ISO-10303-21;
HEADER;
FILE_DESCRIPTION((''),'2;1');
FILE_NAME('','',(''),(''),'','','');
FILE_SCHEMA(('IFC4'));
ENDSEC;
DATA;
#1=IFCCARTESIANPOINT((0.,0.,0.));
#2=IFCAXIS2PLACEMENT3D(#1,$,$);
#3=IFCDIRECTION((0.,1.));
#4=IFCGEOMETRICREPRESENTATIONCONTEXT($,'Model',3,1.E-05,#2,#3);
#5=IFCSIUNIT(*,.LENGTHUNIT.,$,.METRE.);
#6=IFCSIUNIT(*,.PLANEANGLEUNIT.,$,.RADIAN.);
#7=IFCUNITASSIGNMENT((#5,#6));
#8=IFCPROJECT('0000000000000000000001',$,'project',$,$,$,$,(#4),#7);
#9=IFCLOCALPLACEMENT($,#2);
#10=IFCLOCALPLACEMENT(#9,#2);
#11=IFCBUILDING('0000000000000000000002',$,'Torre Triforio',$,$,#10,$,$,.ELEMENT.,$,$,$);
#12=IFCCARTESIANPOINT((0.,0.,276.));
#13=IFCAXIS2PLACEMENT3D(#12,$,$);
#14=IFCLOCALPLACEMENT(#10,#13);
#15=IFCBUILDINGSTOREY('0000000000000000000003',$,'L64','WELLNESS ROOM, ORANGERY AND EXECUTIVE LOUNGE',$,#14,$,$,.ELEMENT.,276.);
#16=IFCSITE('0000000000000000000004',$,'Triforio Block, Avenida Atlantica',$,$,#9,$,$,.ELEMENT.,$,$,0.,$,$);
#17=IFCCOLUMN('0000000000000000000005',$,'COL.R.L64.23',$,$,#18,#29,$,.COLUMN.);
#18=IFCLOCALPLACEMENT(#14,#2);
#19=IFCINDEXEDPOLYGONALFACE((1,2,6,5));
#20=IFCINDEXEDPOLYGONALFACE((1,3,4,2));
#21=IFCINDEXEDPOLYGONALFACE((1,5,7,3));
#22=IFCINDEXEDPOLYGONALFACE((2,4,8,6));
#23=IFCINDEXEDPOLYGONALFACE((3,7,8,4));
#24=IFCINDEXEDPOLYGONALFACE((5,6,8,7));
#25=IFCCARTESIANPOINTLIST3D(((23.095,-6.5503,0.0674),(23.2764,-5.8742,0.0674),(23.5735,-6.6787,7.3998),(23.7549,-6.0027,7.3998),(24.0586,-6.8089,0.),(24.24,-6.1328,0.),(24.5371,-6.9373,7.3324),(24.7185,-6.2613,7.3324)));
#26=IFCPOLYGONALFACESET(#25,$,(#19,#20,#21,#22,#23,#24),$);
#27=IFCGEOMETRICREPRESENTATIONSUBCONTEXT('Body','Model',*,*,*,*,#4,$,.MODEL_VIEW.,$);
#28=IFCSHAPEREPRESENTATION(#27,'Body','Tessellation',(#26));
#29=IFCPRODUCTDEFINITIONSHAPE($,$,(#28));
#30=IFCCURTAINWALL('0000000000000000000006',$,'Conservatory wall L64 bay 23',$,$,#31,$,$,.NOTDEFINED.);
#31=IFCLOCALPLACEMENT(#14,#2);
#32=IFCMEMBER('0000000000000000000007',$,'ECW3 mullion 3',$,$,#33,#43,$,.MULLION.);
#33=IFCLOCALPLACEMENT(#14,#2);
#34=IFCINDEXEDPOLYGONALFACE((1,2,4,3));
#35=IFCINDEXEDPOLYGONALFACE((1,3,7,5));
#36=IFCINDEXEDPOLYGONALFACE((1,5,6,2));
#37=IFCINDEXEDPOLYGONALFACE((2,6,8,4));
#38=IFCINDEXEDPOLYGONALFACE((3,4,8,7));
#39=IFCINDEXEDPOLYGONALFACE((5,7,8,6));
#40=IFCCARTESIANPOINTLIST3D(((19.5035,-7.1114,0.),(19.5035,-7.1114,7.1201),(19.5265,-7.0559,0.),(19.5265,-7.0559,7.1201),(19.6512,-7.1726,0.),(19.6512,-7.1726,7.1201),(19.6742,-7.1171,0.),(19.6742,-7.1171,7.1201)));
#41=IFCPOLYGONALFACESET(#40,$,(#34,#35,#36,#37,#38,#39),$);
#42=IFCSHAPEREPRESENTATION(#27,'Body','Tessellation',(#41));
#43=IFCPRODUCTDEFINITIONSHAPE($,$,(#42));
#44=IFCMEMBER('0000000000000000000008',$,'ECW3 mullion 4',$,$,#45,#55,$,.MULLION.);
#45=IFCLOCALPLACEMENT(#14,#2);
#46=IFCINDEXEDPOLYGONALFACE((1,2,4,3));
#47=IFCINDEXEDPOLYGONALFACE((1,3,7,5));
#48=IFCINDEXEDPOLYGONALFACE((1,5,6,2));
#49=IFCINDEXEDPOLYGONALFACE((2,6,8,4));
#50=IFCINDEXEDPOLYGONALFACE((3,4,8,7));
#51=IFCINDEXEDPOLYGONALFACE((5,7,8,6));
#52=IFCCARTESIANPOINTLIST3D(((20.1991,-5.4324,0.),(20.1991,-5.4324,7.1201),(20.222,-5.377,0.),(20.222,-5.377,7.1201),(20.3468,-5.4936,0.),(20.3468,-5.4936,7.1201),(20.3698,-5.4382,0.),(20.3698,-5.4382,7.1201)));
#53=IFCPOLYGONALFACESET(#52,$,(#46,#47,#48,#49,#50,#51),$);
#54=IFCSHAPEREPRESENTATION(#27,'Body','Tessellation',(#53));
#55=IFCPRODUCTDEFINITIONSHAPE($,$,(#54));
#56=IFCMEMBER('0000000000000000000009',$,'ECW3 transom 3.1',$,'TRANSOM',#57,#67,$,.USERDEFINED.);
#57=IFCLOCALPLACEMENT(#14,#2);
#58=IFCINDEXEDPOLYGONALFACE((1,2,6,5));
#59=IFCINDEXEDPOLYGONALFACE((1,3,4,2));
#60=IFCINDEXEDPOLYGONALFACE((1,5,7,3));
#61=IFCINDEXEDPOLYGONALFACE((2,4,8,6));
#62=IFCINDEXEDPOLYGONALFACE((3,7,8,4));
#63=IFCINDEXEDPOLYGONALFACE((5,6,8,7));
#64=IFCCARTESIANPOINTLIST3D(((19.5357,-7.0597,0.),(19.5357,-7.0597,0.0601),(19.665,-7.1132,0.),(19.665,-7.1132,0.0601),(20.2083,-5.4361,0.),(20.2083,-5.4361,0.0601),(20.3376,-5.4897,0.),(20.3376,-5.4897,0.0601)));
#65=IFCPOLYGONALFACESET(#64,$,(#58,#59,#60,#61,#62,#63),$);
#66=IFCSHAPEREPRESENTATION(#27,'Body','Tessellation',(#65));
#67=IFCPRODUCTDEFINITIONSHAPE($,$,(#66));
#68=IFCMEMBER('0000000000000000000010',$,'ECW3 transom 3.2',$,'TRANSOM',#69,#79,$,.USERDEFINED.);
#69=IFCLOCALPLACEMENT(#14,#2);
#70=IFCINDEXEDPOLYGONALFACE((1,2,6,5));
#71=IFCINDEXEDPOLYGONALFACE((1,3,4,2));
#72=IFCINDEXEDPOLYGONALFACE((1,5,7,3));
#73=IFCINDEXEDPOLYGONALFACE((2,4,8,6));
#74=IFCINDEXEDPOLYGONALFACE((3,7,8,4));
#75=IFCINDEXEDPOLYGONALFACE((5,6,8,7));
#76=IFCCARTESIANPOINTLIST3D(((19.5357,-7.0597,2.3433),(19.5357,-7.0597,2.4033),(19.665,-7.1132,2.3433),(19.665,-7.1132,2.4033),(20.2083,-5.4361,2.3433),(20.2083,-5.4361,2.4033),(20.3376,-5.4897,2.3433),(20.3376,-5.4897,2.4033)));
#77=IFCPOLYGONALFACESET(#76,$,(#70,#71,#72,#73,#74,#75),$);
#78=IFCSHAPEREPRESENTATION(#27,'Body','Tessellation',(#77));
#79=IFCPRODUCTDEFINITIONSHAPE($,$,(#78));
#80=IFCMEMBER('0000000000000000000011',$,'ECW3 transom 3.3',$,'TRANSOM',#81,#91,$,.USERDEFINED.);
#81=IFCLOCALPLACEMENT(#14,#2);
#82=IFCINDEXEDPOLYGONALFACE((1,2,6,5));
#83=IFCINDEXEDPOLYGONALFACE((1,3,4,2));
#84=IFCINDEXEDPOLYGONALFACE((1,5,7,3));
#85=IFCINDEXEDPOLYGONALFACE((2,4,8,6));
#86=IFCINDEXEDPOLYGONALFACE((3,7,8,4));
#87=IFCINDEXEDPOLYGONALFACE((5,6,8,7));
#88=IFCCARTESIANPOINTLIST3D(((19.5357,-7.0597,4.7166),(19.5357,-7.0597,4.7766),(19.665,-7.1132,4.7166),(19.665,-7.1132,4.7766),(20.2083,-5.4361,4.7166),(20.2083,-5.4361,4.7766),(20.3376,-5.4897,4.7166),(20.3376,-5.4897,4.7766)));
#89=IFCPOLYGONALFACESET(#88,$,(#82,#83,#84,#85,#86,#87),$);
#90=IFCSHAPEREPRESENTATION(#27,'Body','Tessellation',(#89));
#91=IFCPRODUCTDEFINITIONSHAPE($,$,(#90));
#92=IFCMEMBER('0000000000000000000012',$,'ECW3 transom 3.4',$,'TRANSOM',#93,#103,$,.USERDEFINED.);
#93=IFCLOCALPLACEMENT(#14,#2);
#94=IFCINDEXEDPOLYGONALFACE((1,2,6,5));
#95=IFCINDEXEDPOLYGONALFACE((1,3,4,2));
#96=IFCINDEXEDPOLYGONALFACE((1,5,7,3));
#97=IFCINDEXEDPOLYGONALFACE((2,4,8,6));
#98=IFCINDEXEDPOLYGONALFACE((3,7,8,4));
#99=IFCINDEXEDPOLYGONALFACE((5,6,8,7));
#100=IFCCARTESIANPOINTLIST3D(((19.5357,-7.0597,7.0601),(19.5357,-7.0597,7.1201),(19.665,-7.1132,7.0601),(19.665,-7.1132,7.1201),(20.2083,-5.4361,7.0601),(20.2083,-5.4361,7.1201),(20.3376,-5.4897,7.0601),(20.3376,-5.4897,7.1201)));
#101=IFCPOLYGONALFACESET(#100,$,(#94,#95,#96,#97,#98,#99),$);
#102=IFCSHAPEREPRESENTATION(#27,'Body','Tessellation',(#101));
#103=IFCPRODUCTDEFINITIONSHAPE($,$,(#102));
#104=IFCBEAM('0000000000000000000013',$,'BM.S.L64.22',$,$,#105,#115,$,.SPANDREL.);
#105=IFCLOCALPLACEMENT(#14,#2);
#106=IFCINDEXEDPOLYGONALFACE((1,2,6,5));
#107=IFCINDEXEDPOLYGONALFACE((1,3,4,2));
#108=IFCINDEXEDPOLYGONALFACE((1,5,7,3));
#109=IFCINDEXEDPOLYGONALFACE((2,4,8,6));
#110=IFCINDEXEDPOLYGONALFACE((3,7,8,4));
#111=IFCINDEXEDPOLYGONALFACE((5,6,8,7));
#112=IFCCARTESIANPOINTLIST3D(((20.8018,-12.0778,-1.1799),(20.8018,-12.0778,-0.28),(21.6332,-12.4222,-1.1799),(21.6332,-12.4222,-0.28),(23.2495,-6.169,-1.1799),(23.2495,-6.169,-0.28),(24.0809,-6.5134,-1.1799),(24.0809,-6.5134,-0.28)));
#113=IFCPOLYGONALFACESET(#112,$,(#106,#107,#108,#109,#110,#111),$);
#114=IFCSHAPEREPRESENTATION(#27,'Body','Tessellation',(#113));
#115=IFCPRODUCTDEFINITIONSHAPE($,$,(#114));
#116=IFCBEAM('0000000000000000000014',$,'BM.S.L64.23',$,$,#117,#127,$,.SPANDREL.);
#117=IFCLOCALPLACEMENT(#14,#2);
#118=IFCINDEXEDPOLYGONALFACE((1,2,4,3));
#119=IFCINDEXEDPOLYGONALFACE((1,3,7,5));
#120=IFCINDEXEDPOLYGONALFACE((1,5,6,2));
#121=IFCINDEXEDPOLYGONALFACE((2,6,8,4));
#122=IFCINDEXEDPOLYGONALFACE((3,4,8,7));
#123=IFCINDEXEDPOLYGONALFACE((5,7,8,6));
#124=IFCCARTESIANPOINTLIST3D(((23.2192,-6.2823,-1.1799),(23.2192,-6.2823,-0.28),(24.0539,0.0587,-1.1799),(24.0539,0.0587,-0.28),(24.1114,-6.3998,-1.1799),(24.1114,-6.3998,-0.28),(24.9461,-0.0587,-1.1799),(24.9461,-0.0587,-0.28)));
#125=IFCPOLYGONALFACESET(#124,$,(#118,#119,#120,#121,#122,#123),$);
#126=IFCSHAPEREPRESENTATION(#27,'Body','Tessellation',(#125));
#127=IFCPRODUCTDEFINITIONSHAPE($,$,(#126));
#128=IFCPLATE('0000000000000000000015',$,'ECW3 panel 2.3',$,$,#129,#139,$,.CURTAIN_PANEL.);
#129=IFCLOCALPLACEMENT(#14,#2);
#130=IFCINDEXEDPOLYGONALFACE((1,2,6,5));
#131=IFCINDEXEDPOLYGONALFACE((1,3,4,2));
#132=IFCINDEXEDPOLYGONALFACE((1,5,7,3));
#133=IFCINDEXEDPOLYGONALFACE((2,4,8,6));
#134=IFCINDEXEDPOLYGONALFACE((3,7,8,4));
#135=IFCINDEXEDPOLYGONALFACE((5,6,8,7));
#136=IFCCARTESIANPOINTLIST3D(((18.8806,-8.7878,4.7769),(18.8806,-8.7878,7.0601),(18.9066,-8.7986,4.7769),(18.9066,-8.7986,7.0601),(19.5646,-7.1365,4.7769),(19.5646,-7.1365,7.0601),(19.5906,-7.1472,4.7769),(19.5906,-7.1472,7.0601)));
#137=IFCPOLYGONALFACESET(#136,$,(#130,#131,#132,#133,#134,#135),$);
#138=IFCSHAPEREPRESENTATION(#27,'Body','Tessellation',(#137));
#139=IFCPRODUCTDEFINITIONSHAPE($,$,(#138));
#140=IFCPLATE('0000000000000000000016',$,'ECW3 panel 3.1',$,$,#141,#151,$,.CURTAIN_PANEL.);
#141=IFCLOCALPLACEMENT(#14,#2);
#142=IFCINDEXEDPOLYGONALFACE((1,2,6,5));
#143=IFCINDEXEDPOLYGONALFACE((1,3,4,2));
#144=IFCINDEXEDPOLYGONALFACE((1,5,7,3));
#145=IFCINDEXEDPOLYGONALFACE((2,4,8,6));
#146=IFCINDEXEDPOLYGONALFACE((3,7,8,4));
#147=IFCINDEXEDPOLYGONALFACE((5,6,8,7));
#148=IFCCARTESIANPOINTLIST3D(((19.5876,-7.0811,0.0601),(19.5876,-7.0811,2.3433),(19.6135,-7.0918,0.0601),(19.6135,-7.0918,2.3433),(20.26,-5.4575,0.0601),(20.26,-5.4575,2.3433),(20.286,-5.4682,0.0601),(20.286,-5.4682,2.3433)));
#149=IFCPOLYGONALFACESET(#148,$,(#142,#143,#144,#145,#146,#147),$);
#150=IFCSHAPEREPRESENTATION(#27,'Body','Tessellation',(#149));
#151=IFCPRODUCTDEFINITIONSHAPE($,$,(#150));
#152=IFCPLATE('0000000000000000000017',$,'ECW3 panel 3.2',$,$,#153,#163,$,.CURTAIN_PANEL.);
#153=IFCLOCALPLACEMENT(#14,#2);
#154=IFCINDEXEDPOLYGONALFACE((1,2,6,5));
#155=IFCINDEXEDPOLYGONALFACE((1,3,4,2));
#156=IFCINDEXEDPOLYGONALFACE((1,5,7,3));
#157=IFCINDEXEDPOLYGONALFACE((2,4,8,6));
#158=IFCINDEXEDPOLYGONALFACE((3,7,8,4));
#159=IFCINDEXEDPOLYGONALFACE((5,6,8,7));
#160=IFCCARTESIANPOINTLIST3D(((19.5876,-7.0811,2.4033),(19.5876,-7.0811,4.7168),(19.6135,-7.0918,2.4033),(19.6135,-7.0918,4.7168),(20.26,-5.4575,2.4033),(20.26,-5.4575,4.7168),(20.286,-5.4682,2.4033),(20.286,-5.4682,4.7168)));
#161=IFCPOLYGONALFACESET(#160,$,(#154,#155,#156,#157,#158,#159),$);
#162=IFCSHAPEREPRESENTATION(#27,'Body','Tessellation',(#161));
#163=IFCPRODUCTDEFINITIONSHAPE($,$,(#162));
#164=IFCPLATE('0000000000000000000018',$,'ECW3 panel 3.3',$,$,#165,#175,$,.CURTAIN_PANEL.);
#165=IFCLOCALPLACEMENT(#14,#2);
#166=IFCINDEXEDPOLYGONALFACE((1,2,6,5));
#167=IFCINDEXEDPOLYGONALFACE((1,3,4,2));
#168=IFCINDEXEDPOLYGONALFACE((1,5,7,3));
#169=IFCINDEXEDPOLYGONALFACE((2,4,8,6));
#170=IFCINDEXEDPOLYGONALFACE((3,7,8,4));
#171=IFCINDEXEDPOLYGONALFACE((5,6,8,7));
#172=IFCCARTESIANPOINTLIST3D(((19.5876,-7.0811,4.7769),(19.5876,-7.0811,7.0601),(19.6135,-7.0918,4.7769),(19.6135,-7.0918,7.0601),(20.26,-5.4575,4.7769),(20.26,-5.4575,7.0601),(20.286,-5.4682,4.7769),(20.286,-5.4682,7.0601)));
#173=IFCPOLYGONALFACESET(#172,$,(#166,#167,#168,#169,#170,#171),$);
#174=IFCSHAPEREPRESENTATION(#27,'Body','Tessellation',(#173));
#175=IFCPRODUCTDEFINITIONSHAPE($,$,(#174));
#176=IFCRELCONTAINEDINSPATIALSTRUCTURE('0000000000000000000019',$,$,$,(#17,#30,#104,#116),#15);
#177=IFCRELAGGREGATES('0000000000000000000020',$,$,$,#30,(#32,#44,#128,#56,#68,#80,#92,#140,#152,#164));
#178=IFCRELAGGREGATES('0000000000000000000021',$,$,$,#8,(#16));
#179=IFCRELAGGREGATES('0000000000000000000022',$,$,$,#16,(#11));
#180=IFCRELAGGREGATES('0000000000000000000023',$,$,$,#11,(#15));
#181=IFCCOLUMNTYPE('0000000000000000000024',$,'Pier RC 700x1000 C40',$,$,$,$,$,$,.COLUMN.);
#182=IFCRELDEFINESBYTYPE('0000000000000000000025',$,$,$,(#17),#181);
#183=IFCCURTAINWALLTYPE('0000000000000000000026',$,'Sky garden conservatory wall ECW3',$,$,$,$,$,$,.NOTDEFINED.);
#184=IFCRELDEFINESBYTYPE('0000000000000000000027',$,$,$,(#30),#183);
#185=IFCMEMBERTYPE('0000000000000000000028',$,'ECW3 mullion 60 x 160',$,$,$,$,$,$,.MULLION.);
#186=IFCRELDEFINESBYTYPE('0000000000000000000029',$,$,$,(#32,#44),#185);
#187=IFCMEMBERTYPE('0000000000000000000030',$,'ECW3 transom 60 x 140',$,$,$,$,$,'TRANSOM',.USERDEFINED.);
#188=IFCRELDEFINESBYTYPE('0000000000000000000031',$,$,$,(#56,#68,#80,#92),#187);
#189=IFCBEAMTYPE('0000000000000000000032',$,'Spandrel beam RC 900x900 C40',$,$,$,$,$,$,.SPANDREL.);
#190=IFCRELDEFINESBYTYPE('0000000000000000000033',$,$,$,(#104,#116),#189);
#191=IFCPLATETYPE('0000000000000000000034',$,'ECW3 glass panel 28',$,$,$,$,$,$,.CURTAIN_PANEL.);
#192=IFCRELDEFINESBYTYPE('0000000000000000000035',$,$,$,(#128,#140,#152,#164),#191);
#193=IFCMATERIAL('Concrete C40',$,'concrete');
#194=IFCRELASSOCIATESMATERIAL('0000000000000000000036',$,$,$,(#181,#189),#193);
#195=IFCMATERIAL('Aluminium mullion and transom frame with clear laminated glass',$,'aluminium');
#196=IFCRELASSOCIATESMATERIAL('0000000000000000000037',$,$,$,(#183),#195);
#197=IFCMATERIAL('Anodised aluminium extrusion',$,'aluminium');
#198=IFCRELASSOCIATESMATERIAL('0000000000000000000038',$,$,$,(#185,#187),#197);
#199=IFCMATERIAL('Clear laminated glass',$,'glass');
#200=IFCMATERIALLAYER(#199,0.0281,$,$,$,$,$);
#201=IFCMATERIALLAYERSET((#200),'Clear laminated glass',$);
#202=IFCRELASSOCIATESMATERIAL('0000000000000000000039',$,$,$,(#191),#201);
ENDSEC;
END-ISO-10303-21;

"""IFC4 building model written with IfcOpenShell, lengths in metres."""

from ifc_helpers import new_model, si_unit, direction, frame, origin, origin_2d, place, context, subcontext, project, spatial, rectangle, extrude, material, layer, layer_set, material_profile, profile_set, type_object, element, aggregate, save


model = new_model("IFC4")

# Units and contexts
model_context = context("Model", 3, precision=1e-05, world=origin(), true_north=direction((0.0, 1.0)))
body_context = subcontext(model_context, "Body", "Model", "MODEL_VIEW")
ifc_project = project(units=[si_unit("LENGTHUNIT", "METRE"), si_unit("PLANEANGLEUNIT", "RADIAN")], contexts=[model_context])

# Site, building, storey
site_placement = place(None, origin())
site = spatial("IfcSite", under=ifc_project, at=site_placement, Name="Triforio Block, Avenida Atlantica", CompositionType="ELEMENT", RefElevation=0.0)
building_placement = place(site_placement, origin())
building = spatial("IfcBuilding", under=site, at=building_placement, Name="Torre Triforio", CompositionType="ELEMENT")
storey_placement = place(building_placement, frame((0.0, 0.0, 276.0)))
storey = spatial("IfcBuildingStorey", under=building, at=storey_placement, Name="L64", Description="WELLNESS ROOM, ORANGERY AND EXECUTIVE LOUNGE", CompositionType="ELEMENT", Elevation=276.0)

# Column
ifc_material_1 = material(Name="Concrete C40", Category="concrete")
ifc_material_profile_1 = material_profile(ifc_material_1, rectangle(XDim=0.7, YDim=1.0, at=origin_2d()), Name="RC 700x1000")
ifc_profile_set_1 = profile_set([ifc_material_profile_1], Name="Concrete C40")
column_type = type_object("IfcColumnType", Name="Pier RC 700x1000 C40", PredefinedType="COLUMN", material=ifc_profile_set_1)
column_placement = place(storey_placement, frame((23.6675, -6.3416, 0.0337), z_axis=(0.065111, -0.017474, 0.997725), x_axis=(0.259196, 0.965825, 0.0)))
element("IfcColumn", 1, at=column_placement, inside=storey, type_object=column_type, Name="COL.R.L64.23", PredefinedType="COLUMN", context=body_context, shape_type="SweptSolid", body=[
    extrude(rectangle(XDim=0.7, YDim=1.0, at=origin_2d()), origin(), (0.0, 0.0, 1.0), 7.3491),
])

# Curtain wall, members
ifc_material_2 = material(Name="Aluminium mullion and transom frame with clear laminated glass", Category="aluminium")
curtain_wall_type = type_object("IfcCurtainWallType", Name="Sky garden conservatory wall ECW3", PredefinedType="NOTDEFINED", material=ifc_material_2)
curtain_wall_placement = place(storey_placement, origin())
curtain_wall = element("IfcCurtainWall", 2, at=curtain_wall_placement, inside=storey, type_object=curtain_wall_type, Name="Conservatory wall L64 bay 23", PredefinedType="NOTDEFINED")
ifc_material_3 = material(Name="Anodised aluminium extrusion", Category="aluminium")
ifc_material_profile_2 = material_profile(ifc_material_3, rectangle(XDim=0.1599, YDim=0.0601, at=origin_2d()), Name="ECW3 MULLION 60x160")
ifc_profile_set_2 = profile_set([ifc_material_profile_2], Name="Anodised aluminium extrusion")
member_type_1 = type_object("IfcMemberType", Name="ECW3 mullion 60 x 160", PredefinedType="MULLION", material=ifc_profile_set_2)
member_1_placement = place(storey_placement, frame((19.5889, -7.1143, 0.0), z_axis=(0.0, 0.0, 1.0), x_axis=(-0.923883, 0.382675, 0.0)))
member_1 = element("IfcMember", 3, at=member_1_placement, type_object=member_type_1, Name="ECW3 mullion 3", PredefinedType="MULLION", context=body_context, shape_type="SweptSolid", body=[
    extrude(rectangle(XDim=0.1599, YDim=0.0601, at=origin_2d()), origin(), (0.0, 0.0, 1.0), 7.1201),
])
member_2_placement = place(storey_placement, frame((20.2844, -5.4353, 0.0), z_axis=(0.0, 0.0, 1.0), x_axis=(-0.923883, 0.382675, 0.0)))
member_2 = element("IfcMember", 4, at=member_2_placement, type_object=member_type_1, Name="ECW3 mullion 4", PredefinedType="MULLION", context=body_context, shape_type="SweptSolid", body=[
    extrude(rectangle(XDim=0.1599, YDim=0.0601, at=origin_2d()), origin(), (0.0, 0.0, 1.0), 7.1201),
])
ifc_material_profile_3 = material_profile(ifc_material_3, rectangle(XDim=0.1399, YDim=0.0601, at=origin_2d()), Name="ECW3 TRANSOM 60x140")
ifc_profile_set_3 = profile_set([ifc_material_profile_3], Name="Anodised aluminium extrusion")
member_type_2 = type_object("IfcMemberType", Name="ECW3 transom 60 x 140", ElementType="TRANSOM", PredefinedType="USERDEFINED", material=ifc_profile_set_3)
member_3_placement = place(storey_placement, frame((19.6003, -7.0864, 0.03), z_axis=(0.38274, 0.923856, 0.0), x_axis=(-0.923856, 0.38274, 0.0)))
member_3 = element("IfcMember", 5, at=member_3_placement, type_object=member_type_2, Name="ECW3 transom 3.1", ObjectType="TRANSOM", PredefinedType="USERDEFINED", context=body_context, shape_type="SweptSolid", body=[
    extrude(rectangle(XDim=0.1399, YDim=0.0601, at=origin_2d()), origin(), (0.0, 0.0, 1.0), 1.7573),
])
member_4_placement = place(storey_placement, frame((19.6003, -7.0864, 2.3733), z_axis=(0.38274, 0.923856, 0.0), x_axis=(-0.923856, 0.38274, 0.0)))
member_4 = element("IfcMember", 6, at=member_4_placement, type_object=member_type_2, Name="ECW3 transom 3.2", ObjectType="TRANSOM", PredefinedType="USERDEFINED", context=body_context, shape_type="SweptSolid", body=[
    extrude(rectangle(XDim=0.1399, YDim=0.0601, at=origin_2d()), origin(), (0.0, 0.0, 1.0), 1.7573),
])
member_5_placement = place(storey_placement, frame((19.6003, -7.0864, 4.7466), z_axis=(0.38274, 0.923856, 0.0), x_axis=(-0.923856, 0.38274, 0.0)))
member_5 = element("IfcMember", 7, at=member_5_placement, type_object=member_type_2, Name="ECW3 transom 3.3", ObjectType="TRANSOM", PredefinedType="USERDEFINED", context=body_context, shape_type="SweptSolid", body=[
    extrude(rectangle(XDim=0.1399, YDim=0.0601, at=origin_2d()), origin(), (0.0, 0.0, 1.0), 1.7573),
])
member_6_placement = place(storey_placement, frame((19.6003, -7.0864, 7.0901), z_axis=(0.38274, 0.923856, 0.0), x_axis=(-0.923856, 0.38274, 0.0)))
member_6 = element("IfcMember", 8, at=member_6_placement, type_object=member_type_2, Name="ECW3 transom 3.4", ObjectType="TRANSOM", PredefinedType="USERDEFINED", context=body_context, shape_type="SweptSolid", body=[
    extrude(rectangle(XDim=0.1399, YDim=0.0601, at=origin_2d()), origin(), (0.0, 0.0, 1.0), 1.7573),
])

# Beams
ifc_material_profile_4 = material_profile(ifc_material_1, rectangle(XDim=0.8999, YDim=0.8999, at=origin_2d()), Name="RC 900x900")
ifc_profile_set_4 = profile_set([ifc_material_profile_4], Name="Concrete C40")
beam_type = type_object("IfcBeamType", Name="Spandrel beam RC 900x900 C40", PredefinedType="SPANDREL", material=ifc_profile_set_4)
for number, where, z_axis, x_axis, name in (
    (9, (21.2175, -12.25, -0.73), (0.382709, 0.923869, 0.0), (-0.923869, 0.382709, 0.0), "BM.S.L64.22"),
    (10, (23.6653, -6.3411, -0.73), (0.130511, 0.991447, 0.0), (-0.991447, 0.130511, 0.0), "BM.S.L64.23"),
):
    element("IfcBeam", number, at=place(storey_placement, frame(where, z_axis=z_axis, x_axis=x_axis)), inside=storey, type_object=beam_type, Name=name, PredefinedType="SPANDREL", context=body_context, shape_type="SweptSolid", body=[
        extrude(rectangle(XDim=0.8999, YDim=0.8999, at=origin_2d()), origin(), (0.0, 0.0, 1.0), 6.3958),
    ])

# Plates
ifc_material_4 = material(Name="Clear laminated glass", Category="glass")
ifc_layer_1 = layer(ifc_material_4, 0.0281)
ifc_layer_set_1 = layer_set([ifc_layer_1], Name="Clear laminated glass")
plate_type = type_object("IfcPlateType", Name="ECW3 glass panel 28", PredefinedType="CURTAIN_PANEL", material=ifc_layer_set_1)
plate_1_placement = place(storey_placement, frame((19.2356, -7.9675, 4.7769), z_axis=(0.0, 0.0, 1.0), x_axis=(0.382675, 0.923883, 0.0)))
plate_1 = element("IfcPlate", 11, at=plate_1_placement, type_object=plate_type, Name="ECW3 panel 2.3", PredefinedType="CURTAIN_PANEL", context=body_context, shape_type="SweptSolid", body=[
    extrude(rectangle(XDim=1.7874, YDim=0.0281, at=origin_2d()), origin(), (0.0, 0.0, 1.0), 2.2832),
])
plate_2_placement = place(storey_placement, frame((19.9368, -6.2747, 0.0601), z_axis=(0.0, 0.0, 1.0), x_axis=(0.382675, 0.923883, 0.0)))
plate_2 = element("IfcPlate", 12, at=plate_2_placement, type_object=plate_type, Name="ECW3 panel 3.1", PredefinedType="CURTAIN_PANEL", context=body_context, shape_type="SweptSolid", body=[
    extrude(rectangle(XDim=1.7573, YDim=0.0281, at=origin_2d()), origin(), (0.0, 0.0, 1.0), 2.2832),
])
plate_3_placement = place(storey_placement, frame((19.9368, -6.2747, 2.4033), z_axis=(0.0, 0.0, 1.0), x_axis=(0.382675, 0.923883, 0.0)))
plate_3 = element("IfcPlate", 13, at=plate_3_placement, type_object=plate_type, Name="ECW3 panel 3.2", PredefinedType="CURTAIN_PANEL", context=body_context, shape_type="SweptSolid", body=[
    extrude(rectangle(XDim=1.7573, YDim=0.0281, at=origin_2d()), origin(), (0.0, 0.0, 1.0), 2.3135),
])
plate_4_placement = place(storey_placement, frame((19.9368, -6.2747, 4.7769), z_axis=(0.0, 0.0, 1.0), x_axis=(0.382675, 0.923883, 0.0)))
plate_4 = element("IfcPlate", 14, at=plate_4_placement, type_object=plate_type, Name="ECW3 panel 3.3", PredefinedType="CURTAIN_PANEL", context=body_context, shape_type="SweptSolid", body=[
    extrude(rectangle(XDim=1.7573, YDim=0.0281, at=origin_2d()), origin(), (0.0, 0.0, 1.0), 2.2832),
])
aggregate(curtain_wall, [member_1, member_2, plate_1, member_3, member_4, member_5, member_6, plate_2, plate_3, plate_4])

save(model, "model.ifc")
